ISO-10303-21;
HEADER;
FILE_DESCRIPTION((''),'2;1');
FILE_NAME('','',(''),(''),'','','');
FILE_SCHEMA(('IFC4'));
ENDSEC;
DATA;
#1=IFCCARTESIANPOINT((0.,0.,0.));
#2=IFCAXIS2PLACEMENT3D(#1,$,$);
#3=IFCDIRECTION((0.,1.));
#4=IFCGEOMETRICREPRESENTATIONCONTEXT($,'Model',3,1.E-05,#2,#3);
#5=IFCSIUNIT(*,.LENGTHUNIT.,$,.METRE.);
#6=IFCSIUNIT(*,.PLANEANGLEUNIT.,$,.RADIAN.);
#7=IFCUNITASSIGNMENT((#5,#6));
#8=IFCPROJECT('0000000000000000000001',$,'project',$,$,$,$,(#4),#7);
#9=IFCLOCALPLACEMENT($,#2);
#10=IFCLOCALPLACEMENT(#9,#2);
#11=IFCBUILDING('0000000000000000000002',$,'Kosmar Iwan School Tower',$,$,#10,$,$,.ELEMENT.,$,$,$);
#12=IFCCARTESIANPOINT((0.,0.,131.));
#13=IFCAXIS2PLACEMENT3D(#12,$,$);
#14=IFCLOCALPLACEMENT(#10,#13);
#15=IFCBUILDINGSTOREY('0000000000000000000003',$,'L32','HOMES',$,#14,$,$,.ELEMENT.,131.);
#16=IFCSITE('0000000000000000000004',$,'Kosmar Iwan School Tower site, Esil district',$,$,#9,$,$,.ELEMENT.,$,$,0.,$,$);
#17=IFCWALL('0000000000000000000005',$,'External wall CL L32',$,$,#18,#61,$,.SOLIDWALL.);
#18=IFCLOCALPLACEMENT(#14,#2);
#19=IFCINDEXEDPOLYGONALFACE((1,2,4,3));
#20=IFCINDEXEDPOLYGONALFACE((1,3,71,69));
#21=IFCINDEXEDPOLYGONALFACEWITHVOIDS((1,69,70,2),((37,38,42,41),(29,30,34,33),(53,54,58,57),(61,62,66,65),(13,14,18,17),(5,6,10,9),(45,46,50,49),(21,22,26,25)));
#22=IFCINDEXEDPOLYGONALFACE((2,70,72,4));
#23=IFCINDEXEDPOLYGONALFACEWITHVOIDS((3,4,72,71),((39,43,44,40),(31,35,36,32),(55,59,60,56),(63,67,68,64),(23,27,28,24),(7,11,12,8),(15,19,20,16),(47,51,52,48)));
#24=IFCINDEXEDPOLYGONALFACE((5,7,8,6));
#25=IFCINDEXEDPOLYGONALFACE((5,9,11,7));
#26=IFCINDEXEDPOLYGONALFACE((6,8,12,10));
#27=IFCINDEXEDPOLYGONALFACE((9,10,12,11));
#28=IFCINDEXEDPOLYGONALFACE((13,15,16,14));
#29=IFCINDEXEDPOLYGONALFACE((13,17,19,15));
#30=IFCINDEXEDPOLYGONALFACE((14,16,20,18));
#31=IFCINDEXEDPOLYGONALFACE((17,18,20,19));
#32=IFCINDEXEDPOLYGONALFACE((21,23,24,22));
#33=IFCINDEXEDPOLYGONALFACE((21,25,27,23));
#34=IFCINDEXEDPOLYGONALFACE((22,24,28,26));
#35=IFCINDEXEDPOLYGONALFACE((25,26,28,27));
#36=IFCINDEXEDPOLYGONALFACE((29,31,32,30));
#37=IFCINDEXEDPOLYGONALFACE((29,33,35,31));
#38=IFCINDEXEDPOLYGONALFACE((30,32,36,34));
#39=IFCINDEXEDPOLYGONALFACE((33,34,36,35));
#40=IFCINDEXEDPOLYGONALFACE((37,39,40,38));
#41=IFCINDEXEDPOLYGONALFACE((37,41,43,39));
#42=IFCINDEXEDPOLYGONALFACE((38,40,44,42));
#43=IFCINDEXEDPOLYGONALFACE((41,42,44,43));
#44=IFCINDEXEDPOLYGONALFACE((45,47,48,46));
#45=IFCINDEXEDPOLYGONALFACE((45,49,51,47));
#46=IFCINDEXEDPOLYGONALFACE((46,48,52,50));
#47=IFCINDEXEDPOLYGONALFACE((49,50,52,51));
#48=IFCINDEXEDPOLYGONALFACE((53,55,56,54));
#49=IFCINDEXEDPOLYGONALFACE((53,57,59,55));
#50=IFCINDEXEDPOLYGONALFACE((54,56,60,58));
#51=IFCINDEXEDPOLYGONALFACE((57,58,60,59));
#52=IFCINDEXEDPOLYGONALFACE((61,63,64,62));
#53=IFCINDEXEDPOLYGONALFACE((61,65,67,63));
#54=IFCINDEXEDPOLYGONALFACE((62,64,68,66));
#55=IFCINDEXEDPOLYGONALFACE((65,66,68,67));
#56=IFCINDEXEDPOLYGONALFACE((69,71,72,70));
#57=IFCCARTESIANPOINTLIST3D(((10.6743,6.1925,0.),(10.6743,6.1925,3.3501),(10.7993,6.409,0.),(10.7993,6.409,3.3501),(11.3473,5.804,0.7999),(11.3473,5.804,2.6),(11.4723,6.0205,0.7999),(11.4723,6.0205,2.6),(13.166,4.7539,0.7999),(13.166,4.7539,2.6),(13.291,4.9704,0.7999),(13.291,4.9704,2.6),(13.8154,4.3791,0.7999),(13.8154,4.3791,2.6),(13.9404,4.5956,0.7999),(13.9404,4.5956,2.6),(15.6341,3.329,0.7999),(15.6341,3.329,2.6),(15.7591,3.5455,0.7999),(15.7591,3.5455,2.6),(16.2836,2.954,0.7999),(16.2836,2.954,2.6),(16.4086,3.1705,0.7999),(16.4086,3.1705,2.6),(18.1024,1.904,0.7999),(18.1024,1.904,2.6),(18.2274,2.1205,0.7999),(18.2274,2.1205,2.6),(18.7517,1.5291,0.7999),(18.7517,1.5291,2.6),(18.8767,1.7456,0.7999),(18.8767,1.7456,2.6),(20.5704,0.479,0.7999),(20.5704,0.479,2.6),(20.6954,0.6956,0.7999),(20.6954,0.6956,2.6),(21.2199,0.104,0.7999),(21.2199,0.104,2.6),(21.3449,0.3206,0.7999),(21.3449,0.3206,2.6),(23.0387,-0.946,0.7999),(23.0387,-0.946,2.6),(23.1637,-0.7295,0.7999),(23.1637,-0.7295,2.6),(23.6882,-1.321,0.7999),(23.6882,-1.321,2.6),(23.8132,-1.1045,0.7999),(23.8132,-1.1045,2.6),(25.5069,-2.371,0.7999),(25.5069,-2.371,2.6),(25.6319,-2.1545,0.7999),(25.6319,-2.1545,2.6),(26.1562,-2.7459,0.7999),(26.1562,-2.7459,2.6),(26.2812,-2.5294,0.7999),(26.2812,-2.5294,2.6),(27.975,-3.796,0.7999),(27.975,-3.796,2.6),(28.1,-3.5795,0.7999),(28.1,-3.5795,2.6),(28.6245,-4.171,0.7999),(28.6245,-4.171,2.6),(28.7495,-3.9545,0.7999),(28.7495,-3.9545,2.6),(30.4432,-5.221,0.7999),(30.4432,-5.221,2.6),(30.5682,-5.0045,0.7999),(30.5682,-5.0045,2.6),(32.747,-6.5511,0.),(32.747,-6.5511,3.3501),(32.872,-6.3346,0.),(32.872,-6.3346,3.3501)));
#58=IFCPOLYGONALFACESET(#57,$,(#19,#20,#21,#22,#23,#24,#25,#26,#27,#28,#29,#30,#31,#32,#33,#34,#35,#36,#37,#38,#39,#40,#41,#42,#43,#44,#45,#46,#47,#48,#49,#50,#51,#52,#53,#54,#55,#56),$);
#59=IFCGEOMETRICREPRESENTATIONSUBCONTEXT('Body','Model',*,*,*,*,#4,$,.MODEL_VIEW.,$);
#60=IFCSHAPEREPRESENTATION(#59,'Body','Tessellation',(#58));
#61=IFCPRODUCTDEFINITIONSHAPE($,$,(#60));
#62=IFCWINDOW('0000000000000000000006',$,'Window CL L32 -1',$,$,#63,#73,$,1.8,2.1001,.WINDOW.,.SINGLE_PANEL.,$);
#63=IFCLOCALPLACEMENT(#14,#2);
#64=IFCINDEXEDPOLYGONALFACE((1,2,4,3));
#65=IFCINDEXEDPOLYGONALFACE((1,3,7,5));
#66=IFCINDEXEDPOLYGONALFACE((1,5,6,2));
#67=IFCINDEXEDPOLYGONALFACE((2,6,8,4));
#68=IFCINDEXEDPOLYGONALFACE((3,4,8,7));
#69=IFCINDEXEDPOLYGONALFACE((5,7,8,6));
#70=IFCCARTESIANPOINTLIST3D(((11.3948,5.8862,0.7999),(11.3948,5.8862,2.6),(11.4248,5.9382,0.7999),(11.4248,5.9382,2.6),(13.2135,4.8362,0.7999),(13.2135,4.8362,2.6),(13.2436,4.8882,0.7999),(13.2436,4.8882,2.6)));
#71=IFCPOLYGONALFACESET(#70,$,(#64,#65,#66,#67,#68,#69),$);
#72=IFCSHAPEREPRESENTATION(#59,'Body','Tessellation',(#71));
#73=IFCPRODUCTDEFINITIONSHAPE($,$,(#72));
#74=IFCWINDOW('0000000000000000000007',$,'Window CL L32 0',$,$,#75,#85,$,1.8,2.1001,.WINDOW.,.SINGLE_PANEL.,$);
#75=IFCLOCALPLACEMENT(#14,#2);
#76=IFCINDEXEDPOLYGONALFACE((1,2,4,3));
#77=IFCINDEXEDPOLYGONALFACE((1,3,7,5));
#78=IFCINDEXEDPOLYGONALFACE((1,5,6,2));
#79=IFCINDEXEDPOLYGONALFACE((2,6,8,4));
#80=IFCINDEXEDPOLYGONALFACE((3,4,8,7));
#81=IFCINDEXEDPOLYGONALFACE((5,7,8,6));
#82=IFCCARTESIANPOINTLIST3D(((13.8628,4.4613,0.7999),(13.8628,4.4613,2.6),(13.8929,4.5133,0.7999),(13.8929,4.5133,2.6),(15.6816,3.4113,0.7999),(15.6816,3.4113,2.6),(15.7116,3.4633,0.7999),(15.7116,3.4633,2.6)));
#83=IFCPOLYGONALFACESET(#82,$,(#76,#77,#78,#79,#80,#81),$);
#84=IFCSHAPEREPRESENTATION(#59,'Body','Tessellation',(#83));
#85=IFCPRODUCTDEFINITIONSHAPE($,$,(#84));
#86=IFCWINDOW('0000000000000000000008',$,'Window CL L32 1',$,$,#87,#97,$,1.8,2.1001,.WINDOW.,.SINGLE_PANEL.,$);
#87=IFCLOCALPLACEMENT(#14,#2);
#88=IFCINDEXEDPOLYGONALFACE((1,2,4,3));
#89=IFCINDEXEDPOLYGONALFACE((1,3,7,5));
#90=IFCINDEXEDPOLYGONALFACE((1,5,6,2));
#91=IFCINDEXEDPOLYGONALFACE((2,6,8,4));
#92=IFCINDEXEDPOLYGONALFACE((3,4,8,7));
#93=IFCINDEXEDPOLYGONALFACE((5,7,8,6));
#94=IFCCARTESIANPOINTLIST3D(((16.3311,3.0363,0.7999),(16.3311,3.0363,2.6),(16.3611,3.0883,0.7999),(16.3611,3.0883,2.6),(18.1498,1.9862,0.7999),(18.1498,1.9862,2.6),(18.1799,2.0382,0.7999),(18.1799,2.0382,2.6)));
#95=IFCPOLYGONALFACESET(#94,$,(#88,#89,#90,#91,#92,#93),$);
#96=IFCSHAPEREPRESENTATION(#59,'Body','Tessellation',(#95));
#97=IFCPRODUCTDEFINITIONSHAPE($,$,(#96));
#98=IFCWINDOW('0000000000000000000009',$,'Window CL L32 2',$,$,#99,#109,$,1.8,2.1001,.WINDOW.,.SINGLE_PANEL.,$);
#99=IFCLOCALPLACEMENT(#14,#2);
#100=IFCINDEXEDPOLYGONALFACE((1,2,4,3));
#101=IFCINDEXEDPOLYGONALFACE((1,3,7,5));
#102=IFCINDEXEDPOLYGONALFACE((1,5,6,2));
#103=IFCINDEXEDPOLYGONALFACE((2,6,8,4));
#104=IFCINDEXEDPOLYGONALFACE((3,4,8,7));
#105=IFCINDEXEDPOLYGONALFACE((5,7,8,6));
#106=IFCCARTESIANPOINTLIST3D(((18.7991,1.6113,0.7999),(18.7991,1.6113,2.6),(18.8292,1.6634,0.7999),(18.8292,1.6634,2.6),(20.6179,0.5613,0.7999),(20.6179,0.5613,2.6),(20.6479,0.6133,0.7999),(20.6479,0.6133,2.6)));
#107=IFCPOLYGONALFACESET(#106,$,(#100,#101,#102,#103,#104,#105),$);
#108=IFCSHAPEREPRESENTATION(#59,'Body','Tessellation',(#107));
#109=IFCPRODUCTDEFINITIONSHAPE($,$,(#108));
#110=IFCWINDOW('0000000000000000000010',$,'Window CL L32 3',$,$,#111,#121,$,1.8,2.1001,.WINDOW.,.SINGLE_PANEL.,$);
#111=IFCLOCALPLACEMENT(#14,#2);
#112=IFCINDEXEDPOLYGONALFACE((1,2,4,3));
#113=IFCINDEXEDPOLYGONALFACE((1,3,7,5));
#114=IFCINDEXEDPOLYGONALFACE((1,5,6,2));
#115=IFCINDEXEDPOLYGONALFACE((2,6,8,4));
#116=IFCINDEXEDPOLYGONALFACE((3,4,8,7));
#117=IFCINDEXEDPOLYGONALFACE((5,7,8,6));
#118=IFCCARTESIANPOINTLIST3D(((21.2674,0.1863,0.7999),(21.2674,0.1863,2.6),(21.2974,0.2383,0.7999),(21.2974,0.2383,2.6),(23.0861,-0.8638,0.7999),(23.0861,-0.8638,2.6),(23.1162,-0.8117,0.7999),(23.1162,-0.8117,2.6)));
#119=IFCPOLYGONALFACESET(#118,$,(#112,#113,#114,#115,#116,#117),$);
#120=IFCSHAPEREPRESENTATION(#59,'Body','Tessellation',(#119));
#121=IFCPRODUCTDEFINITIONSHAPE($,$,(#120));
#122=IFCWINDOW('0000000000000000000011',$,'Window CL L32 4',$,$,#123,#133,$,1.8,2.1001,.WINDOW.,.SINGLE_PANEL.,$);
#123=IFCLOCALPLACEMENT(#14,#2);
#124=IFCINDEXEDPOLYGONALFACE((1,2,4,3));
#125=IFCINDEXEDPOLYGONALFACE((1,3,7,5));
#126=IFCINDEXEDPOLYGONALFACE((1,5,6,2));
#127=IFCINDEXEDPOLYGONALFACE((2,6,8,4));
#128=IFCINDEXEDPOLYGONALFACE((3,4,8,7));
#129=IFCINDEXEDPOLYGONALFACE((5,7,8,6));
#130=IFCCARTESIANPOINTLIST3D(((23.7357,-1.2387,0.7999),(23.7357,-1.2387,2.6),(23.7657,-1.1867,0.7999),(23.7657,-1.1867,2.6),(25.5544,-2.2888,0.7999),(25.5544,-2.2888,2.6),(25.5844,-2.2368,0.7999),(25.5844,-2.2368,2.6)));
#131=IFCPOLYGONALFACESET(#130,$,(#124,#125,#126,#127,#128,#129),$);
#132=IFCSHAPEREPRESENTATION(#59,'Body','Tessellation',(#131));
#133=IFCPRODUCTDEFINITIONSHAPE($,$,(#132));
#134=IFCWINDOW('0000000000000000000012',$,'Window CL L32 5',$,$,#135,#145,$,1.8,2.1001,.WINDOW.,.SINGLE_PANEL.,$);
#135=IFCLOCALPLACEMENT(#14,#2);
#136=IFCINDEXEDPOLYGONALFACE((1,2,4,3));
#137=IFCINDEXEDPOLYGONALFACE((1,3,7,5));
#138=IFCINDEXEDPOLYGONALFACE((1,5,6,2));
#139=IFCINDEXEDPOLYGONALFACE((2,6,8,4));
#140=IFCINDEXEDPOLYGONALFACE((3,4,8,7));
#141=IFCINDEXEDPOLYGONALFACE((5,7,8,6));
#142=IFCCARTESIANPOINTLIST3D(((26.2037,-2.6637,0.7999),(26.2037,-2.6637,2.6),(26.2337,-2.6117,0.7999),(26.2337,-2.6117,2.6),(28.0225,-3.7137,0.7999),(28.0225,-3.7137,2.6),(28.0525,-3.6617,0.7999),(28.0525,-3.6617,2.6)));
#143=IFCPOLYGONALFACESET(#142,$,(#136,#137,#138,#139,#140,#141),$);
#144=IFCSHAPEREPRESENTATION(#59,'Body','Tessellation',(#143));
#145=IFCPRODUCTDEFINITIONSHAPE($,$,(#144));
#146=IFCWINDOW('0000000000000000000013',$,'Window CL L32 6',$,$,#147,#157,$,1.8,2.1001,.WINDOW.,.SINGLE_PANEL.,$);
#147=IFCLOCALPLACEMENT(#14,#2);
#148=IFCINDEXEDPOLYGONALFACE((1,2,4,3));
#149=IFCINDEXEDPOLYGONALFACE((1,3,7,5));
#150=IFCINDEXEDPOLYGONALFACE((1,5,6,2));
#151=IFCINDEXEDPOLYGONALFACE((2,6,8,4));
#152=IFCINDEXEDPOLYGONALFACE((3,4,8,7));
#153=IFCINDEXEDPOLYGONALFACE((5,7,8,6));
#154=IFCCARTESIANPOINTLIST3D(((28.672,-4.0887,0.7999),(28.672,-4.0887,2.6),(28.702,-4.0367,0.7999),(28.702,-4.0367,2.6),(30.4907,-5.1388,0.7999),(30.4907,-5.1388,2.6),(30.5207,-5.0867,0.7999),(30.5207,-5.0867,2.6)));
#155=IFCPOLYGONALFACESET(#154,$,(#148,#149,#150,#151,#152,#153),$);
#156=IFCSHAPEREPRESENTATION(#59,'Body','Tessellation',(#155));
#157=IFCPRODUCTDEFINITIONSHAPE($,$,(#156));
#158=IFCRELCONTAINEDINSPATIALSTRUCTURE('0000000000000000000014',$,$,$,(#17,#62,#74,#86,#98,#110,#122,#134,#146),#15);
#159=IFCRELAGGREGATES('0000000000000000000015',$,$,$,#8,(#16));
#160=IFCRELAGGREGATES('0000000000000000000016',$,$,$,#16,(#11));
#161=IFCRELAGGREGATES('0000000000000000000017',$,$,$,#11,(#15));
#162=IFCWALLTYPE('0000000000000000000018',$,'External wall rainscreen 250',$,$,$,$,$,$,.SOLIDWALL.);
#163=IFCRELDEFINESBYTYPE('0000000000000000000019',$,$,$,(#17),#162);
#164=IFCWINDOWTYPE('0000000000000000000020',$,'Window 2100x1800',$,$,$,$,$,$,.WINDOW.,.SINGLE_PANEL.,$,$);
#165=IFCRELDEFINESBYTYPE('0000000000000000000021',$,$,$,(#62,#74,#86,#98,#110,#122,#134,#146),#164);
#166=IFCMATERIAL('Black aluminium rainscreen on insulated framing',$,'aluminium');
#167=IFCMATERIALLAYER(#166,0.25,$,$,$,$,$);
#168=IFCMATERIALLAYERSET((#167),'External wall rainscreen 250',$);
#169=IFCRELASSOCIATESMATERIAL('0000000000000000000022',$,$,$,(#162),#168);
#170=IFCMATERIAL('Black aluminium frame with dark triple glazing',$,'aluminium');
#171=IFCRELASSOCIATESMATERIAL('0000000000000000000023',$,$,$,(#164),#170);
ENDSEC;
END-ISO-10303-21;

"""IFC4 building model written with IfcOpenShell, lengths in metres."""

from ifc_helpers import new_model, si_unit, direction, frame, frame_2d, origin, place, context, subcontext, project, spatial, rectangle, extrude, material, layer, layer_set, type_object, element, fill, save


model = new_model("IFC4")

# Units and contexts
model_context = context("Model", 3, precision=1e-05, world=origin(), true_north=direction((0.0, 1.0)))
body_context = subcontext(model_context, "Body", "Model", "MODEL_VIEW")
ifc_project = project(units=[si_unit("LENGTHUNIT", "METRE"), si_unit("PLANEANGLEUNIT", "RADIAN")], contexts=[model_context])

# Site, building, storey
site_placement = place(None, origin())
site = spatial("IfcSite", under=ifc_project, at=site_placement, Name="Kosmar Iwan School Tower site, Esil district", CompositionType="ELEMENT", RefElevation=0.0)
building_placement = place(site_placement, origin())
building = spatial("IfcBuilding", under=site, at=building_placement, Name="Kosmar Iwan School Tower", CompositionType="ELEMENT")
storey_placement = place(building_placement, frame((0.0, 0.0, 131.0)))
storey = spatial("IfcBuildingStorey", under=building, at=storey_placement, Name="L32", Description="HOMES", CompositionType="ELEMENT", Elevation=131.0)

# Wall, openings, windows
ifc_material_1 = material(Name="Black aluminium rainscreen on insulated framing", Category="aluminium")
ifc_layer = layer(ifc_material_1, 0.25)
ifc_layer_set = layer_set([ifc_layer], Name="External wall rainscreen 250")
wall_type = type_object("IfcWallType", Name="External wall rainscreen 250", PredefinedType="SOLIDWALL", material=ifc_layer_set)
wall_1_placement = place(storey_placement, frame((10.7368, 6.3008, 0.0), z_axis=(0.0, 0.0, 1.0), x_axis=(0.866026, -0.499998, 0.0)))
wall_1 = element("IfcWall", 1, at=wall_1_placement, inside=storey, type_object=wall_type, Name="External wall CL L32", PredefinedType="SOLIDWALL", context=body_context, shape_type="SweptSolid", body=[
    extrude(rectangle(XDim=25.4873, YDim=0.25, at=frame_2d((12.7437, 0.0))), origin(), (0.0, 0.0, 1.0), 3.3501),
])
opening_1_placement = place(wall_1_placement, frame((0.7771, 0.0, 0.8)))
opening_1 = element("IfcOpeningElement", 2, at=opening_1_placement, cuts=wall_1, PredefinedType="OPENING", context=body_context, shape_type="SweptSolid", body=[
    extrude(rectangle(XDim=2.1001, YDim=1.8, at=frame_2d((1.05, 0.8999))), frame((0.0, 0.137, 0.0), z_axis=(0.0, -1.0, 0.0), x_axis=(1.0, 0.0, 0.0)), (0.0, 0.0, 1.0), 0.2739),
])
opening_2_placement = place(wall_1_placement, frame((3.627, 0.0, 0.8)))
opening_2 = element("IfcOpeningElement", 3, at=opening_2_placement, cuts=wall_1, PredefinedType="OPENING", context=body_context, shape_type="SweptSolid", body=[
    extrude(rectangle(XDim=2.1001, YDim=1.8, at=frame_2d((1.05, 0.8999))), frame((0.0, 0.137, 0.0), z_axis=(0.0, -1.0, 0.0), x_axis=(1.0, 0.0, 0.0)), (0.0, 0.0, 1.0), 0.2739),
])
opening_3_placement = place(wall_1_placement, frame((6.4771, 0.0, 0.8)))
opening_3 = element("IfcOpeningElement", 4, at=opening_3_placement, cuts=wall_1, PredefinedType="OPENING", context=body_context, shape_type="SweptSolid", body=[
    extrude(rectangle(XDim=2.1001, YDim=1.8, at=frame_2d((1.05, 0.8999))), frame((0.0, 0.137, 0.0), z_axis=(0.0, -1.0, 0.0), x_axis=(1.0, 0.0, 0.0)), (0.0, 0.0, 1.0), 0.2739),
])
opening_4_placement = place(wall_1_placement, frame((9.3269, 0.0, 0.8)))
opening_4 = element("IfcOpeningElement", 5, at=opening_4_placement, cuts=wall_1, PredefinedType="OPENING", context=body_context, shape_type="SweptSolid", body=[
    extrude(rectangle(XDim=2.1001, YDim=1.8, at=frame_2d((1.05, 0.8999))), frame((0.0, 0.137, 0.0), z_axis=(0.0, -1.0, 0.0), x_axis=(1.0, 0.0, 0.0)), (0.0, 0.0, 1.0), 0.2739),
])
opening_5_placement = place(wall_1_placement, frame((12.177, 0.0, 0.8)))
opening_5 = element("IfcOpeningElement", 6, at=opening_5_placement, cuts=wall_1, PredefinedType="OPENING", context=body_context, shape_type="SweptSolid", body=[
    extrude(rectangle(XDim=2.1001, YDim=1.8, at=frame_2d((1.05, 0.8999))), frame((0.0, 0.137, 0.0), z_axis=(0.0, -1.0, 0.0), x_axis=(1.0, 0.0, 0.0)), (0.0, 0.0, 1.0), 0.2739),
])
opening_6_placement = place(wall_1_placement, frame((15.0271, 0.0, 0.8)))
opening_6 = element("IfcOpeningElement", 7, at=opening_6_placement, cuts=wall_1, PredefinedType="OPENING", context=body_context, shape_type="SweptSolid", body=[
    extrude(rectangle(XDim=2.1001, YDim=1.8, at=frame_2d((1.05, 0.8999))), frame((0.0, 0.137, 0.0), z_axis=(0.0, -1.0, 0.0), x_axis=(1.0, 0.0, 0.0)), (0.0, 0.0, 1.0), 0.2739),
])
opening_7_placement = place(wall_1_placement, frame((17.877, 0.0, 0.8)))
opening_7 = element("IfcOpeningElement", 8, at=opening_7_placement, cuts=wall_1, PredefinedType="OPENING", context=body_context, shape_type="SweptSolid", body=[
    extrude(rectangle(XDim=2.1001, YDim=1.8, at=frame_2d((1.05, 0.8999))), frame((0.0, 0.137, 0.0), z_axis=(0.0, -1.0, 0.0), x_axis=(1.0, 0.0, 0.0)), (0.0, 0.0, 1.0), 0.2739),
])
opening_8_placement = place(wall_1_placement, frame((20.7271, 0.0, 0.8)))
opening_8 = element("IfcOpeningElement", 9, at=opening_8_placement, cuts=wall_1, PredefinedType="OPENING", context=body_context, shape_type="SweptSolid", body=[
    extrude(rectangle(XDim=2.1001, YDim=1.8, at=frame_2d((1.05, 0.8999))), frame((0.0, 0.137, 0.0), z_axis=(0.0, -1.0, 0.0), x_axis=(1.0, 0.0, 0.0)), (0.0, 0.0, 1.0), 0.2739),
])
ifc_material_2 = material(Name="Black aluminium frame with dark triple glazing", Category="aluminium")
window_type = type_object("IfcWindowType", Name="Window 2100x1800", PartitioningType="SINGLE_PANEL", PredefinedType="WINDOW", material=ifc_material_2)
window_1_placement = place(opening_1_placement, origin())
window_1 = element("IfcWindow", 10, at=window_1_placement, inside=storey, type_object=window_type, Name="Window CL L32 -1", OverallHeight=1.8, OverallWidth=2.1001, PartitioningType="SINGLE_PANEL", PredefinedType="WINDOW", context=body_context, shape_type="SweptSolid", body=[
    extrude(rectangle(XDim=2.1001, YDim=1.8, at=frame_2d((1.05, 0.8999))), frame((0.0, 0.03, 0.0), z_axis=(0.0, -1.0, 0.0), x_axis=(1.0, 0.0, 0.0)), (0.0, 0.0, 1.0), 0.0601),
])
fill(opening_1, window_1)
window_2_placement = place(opening_2_placement, origin())
window_2 = element("IfcWindow", 11, at=window_2_placement, inside=storey, type_object=window_type, Name="Window CL L32 0", OverallHeight=1.8, OverallWidth=2.1001, PartitioningType="SINGLE_PANEL", PredefinedType="WINDOW", context=body_context, shape_type="SweptSolid", body=[
    extrude(rectangle(XDim=2.1001, YDim=1.8, at=frame_2d((1.05, 0.8999))), frame((0.0, 0.03, 0.0), z_axis=(0.0, -1.0, 0.0), x_axis=(1.0, 0.0, 0.0)), (0.0, 0.0, 1.0), 0.0601),
])
fill(opening_2, window_2)
window_3_placement = place(opening_3_placement, origin())
window_3 = element("IfcWindow", 12, at=window_3_placement, inside=storey, type_object=window_type, Name="Window CL L32 1", OverallHeight=1.8, OverallWidth=2.1001, PartitioningType="SINGLE_PANEL", PredefinedType="WINDOW", context=body_context, shape_type="SweptSolid", body=[
    extrude(rectangle(XDim=2.1001, YDim=1.8, at=frame_2d((1.05, 0.8999))), frame((0.0, 0.03, 0.0), z_axis=(0.0, -1.0, 0.0), x_axis=(1.0, 0.0, 0.0)), (0.0, 0.0, 1.0), 0.0601),
])
fill(opening_3, window_3)
window_4_placement = place(opening_4_placement, origin())
window_4 = element("IfcWindow", 13, at=window_4_placement, inside=storey, type_object=window_type, Name="Window CL L32 2", OverallHeight=1.8, OverallWidth=2.1001, PartitioningType="SINGLE_PANEL", PredefinedType="WINDOW", context=body_context, shape_type="SweptSolid", body=[
    extrude(rectangle(XDim=2.1001, YDim=1.8, at=frame_2d((1.05, 0.8999))), frame((0.0, 0.03, 0.0), z_axis=(0.0, -1.0, 0.0), x_axis=(1.0, 0.0, 0.0)), (0.0, 0.0, 1.0), 0.0601),
])
fill(opening_4, window_4)
window_5_placement = place(opening_5_placement, origin())
window_5 = element("IfcWindow", 14, at=window_5_placement, inside=storey, type_object=window_type, Name="Window CL L32 3", OverallHeight=1.8, OverallWidth=2.1001, PartitioningType="SINGLE_PANEL", PredefinedType="WINDOW", context=body_context, shape_type="SweptSolid", body=[
    extrude(rectangle(XDim=2.1001, YDim=1.8, at=frame_2d((1.05, 0.8999))), frame((0.0, 0.03, 0.0), z_axis=(0.0, -1.0, 0.0), x_axis=(1.0, 0.0, 0.0)), (0.0, 0.0, 1.0), 0.0601),
])
fill(opening_5, window_5)
window_6_placement = place(opening_6_placement, origin())
window_6 = element("IfcWindow", 15, at=window_6_placement, inside=storey, type_object=window_type, Name="Window CL L32 4", OverallHeight=1.8, OverallWidth=2.1001, PartitioningType="SINGLE_PANEL", PredefinedType="WINDOW", context=body_context, shape_type="SweptSolid", body=[
    extrude(rectangle(XDim=2.1001, YDim=1.8, at=frame_2d((1.05, 0.8999))), frame((0.0, 0.03, 0.0), z_axis=(0.0, -1.0, 0.0), x_axis=(1.0, 0.0, 0.0)), (0.0, 0.0, 1.0), 0.0601),
])
fill(opening_6, window_6)
window_7_placement = place(opening_7_placement, origin())
window_7 = element("IfcWindow", 16, at=window_7_placement, inside=storey, type_object=window_type, Name="Window CL L32 5", OverallHeight=1.8, OverallWidth=2.1001, PartitioningType="SINGLE_PANEL", PredefinedType="WINDOW", context=body_context, shape_type="SweptSolid", body=[
    extrude(rectangle(XDim=2.1001, YDim=1.8, at=frame_2d((1.05, 0.8999))), frame((0.0, 0.03, 0.0), z_axis=(0.0, -1.0, 0.0), x_axis=(1.0, 0.0, 0.0)), (0.0, 0.0, 1.0), 0.0601),
])
fill(opening_7, window_7)
window_8_placement = place(opening_8_placement, origin())
window_8 = element("IfcWindow", 17, at=window_8_placement, inside=storey, type_object=window_type, Name="Window CL L32 6", OverallHeight=1.8, OverallWidth=2.1001, PartitioningType="SINGLE_PANEL", PredefinedType="WINDOW", context=body_context, shape_type="SweptSolid", body=[
    extrude(rectangle(XDim=2.1001, YDim=1.8, at=frame_2d((1.05, 0.8999))), frame((0.0, 0.03, 0.0), z_axis=(0.0, -1.0, 0.0), x_axis=(1.0, 0.0, 0.0)), (0.0, 0.0, 1.0), 0.0601),
])
fill(opening_8, window_8)

save(model, "model.ifc")
